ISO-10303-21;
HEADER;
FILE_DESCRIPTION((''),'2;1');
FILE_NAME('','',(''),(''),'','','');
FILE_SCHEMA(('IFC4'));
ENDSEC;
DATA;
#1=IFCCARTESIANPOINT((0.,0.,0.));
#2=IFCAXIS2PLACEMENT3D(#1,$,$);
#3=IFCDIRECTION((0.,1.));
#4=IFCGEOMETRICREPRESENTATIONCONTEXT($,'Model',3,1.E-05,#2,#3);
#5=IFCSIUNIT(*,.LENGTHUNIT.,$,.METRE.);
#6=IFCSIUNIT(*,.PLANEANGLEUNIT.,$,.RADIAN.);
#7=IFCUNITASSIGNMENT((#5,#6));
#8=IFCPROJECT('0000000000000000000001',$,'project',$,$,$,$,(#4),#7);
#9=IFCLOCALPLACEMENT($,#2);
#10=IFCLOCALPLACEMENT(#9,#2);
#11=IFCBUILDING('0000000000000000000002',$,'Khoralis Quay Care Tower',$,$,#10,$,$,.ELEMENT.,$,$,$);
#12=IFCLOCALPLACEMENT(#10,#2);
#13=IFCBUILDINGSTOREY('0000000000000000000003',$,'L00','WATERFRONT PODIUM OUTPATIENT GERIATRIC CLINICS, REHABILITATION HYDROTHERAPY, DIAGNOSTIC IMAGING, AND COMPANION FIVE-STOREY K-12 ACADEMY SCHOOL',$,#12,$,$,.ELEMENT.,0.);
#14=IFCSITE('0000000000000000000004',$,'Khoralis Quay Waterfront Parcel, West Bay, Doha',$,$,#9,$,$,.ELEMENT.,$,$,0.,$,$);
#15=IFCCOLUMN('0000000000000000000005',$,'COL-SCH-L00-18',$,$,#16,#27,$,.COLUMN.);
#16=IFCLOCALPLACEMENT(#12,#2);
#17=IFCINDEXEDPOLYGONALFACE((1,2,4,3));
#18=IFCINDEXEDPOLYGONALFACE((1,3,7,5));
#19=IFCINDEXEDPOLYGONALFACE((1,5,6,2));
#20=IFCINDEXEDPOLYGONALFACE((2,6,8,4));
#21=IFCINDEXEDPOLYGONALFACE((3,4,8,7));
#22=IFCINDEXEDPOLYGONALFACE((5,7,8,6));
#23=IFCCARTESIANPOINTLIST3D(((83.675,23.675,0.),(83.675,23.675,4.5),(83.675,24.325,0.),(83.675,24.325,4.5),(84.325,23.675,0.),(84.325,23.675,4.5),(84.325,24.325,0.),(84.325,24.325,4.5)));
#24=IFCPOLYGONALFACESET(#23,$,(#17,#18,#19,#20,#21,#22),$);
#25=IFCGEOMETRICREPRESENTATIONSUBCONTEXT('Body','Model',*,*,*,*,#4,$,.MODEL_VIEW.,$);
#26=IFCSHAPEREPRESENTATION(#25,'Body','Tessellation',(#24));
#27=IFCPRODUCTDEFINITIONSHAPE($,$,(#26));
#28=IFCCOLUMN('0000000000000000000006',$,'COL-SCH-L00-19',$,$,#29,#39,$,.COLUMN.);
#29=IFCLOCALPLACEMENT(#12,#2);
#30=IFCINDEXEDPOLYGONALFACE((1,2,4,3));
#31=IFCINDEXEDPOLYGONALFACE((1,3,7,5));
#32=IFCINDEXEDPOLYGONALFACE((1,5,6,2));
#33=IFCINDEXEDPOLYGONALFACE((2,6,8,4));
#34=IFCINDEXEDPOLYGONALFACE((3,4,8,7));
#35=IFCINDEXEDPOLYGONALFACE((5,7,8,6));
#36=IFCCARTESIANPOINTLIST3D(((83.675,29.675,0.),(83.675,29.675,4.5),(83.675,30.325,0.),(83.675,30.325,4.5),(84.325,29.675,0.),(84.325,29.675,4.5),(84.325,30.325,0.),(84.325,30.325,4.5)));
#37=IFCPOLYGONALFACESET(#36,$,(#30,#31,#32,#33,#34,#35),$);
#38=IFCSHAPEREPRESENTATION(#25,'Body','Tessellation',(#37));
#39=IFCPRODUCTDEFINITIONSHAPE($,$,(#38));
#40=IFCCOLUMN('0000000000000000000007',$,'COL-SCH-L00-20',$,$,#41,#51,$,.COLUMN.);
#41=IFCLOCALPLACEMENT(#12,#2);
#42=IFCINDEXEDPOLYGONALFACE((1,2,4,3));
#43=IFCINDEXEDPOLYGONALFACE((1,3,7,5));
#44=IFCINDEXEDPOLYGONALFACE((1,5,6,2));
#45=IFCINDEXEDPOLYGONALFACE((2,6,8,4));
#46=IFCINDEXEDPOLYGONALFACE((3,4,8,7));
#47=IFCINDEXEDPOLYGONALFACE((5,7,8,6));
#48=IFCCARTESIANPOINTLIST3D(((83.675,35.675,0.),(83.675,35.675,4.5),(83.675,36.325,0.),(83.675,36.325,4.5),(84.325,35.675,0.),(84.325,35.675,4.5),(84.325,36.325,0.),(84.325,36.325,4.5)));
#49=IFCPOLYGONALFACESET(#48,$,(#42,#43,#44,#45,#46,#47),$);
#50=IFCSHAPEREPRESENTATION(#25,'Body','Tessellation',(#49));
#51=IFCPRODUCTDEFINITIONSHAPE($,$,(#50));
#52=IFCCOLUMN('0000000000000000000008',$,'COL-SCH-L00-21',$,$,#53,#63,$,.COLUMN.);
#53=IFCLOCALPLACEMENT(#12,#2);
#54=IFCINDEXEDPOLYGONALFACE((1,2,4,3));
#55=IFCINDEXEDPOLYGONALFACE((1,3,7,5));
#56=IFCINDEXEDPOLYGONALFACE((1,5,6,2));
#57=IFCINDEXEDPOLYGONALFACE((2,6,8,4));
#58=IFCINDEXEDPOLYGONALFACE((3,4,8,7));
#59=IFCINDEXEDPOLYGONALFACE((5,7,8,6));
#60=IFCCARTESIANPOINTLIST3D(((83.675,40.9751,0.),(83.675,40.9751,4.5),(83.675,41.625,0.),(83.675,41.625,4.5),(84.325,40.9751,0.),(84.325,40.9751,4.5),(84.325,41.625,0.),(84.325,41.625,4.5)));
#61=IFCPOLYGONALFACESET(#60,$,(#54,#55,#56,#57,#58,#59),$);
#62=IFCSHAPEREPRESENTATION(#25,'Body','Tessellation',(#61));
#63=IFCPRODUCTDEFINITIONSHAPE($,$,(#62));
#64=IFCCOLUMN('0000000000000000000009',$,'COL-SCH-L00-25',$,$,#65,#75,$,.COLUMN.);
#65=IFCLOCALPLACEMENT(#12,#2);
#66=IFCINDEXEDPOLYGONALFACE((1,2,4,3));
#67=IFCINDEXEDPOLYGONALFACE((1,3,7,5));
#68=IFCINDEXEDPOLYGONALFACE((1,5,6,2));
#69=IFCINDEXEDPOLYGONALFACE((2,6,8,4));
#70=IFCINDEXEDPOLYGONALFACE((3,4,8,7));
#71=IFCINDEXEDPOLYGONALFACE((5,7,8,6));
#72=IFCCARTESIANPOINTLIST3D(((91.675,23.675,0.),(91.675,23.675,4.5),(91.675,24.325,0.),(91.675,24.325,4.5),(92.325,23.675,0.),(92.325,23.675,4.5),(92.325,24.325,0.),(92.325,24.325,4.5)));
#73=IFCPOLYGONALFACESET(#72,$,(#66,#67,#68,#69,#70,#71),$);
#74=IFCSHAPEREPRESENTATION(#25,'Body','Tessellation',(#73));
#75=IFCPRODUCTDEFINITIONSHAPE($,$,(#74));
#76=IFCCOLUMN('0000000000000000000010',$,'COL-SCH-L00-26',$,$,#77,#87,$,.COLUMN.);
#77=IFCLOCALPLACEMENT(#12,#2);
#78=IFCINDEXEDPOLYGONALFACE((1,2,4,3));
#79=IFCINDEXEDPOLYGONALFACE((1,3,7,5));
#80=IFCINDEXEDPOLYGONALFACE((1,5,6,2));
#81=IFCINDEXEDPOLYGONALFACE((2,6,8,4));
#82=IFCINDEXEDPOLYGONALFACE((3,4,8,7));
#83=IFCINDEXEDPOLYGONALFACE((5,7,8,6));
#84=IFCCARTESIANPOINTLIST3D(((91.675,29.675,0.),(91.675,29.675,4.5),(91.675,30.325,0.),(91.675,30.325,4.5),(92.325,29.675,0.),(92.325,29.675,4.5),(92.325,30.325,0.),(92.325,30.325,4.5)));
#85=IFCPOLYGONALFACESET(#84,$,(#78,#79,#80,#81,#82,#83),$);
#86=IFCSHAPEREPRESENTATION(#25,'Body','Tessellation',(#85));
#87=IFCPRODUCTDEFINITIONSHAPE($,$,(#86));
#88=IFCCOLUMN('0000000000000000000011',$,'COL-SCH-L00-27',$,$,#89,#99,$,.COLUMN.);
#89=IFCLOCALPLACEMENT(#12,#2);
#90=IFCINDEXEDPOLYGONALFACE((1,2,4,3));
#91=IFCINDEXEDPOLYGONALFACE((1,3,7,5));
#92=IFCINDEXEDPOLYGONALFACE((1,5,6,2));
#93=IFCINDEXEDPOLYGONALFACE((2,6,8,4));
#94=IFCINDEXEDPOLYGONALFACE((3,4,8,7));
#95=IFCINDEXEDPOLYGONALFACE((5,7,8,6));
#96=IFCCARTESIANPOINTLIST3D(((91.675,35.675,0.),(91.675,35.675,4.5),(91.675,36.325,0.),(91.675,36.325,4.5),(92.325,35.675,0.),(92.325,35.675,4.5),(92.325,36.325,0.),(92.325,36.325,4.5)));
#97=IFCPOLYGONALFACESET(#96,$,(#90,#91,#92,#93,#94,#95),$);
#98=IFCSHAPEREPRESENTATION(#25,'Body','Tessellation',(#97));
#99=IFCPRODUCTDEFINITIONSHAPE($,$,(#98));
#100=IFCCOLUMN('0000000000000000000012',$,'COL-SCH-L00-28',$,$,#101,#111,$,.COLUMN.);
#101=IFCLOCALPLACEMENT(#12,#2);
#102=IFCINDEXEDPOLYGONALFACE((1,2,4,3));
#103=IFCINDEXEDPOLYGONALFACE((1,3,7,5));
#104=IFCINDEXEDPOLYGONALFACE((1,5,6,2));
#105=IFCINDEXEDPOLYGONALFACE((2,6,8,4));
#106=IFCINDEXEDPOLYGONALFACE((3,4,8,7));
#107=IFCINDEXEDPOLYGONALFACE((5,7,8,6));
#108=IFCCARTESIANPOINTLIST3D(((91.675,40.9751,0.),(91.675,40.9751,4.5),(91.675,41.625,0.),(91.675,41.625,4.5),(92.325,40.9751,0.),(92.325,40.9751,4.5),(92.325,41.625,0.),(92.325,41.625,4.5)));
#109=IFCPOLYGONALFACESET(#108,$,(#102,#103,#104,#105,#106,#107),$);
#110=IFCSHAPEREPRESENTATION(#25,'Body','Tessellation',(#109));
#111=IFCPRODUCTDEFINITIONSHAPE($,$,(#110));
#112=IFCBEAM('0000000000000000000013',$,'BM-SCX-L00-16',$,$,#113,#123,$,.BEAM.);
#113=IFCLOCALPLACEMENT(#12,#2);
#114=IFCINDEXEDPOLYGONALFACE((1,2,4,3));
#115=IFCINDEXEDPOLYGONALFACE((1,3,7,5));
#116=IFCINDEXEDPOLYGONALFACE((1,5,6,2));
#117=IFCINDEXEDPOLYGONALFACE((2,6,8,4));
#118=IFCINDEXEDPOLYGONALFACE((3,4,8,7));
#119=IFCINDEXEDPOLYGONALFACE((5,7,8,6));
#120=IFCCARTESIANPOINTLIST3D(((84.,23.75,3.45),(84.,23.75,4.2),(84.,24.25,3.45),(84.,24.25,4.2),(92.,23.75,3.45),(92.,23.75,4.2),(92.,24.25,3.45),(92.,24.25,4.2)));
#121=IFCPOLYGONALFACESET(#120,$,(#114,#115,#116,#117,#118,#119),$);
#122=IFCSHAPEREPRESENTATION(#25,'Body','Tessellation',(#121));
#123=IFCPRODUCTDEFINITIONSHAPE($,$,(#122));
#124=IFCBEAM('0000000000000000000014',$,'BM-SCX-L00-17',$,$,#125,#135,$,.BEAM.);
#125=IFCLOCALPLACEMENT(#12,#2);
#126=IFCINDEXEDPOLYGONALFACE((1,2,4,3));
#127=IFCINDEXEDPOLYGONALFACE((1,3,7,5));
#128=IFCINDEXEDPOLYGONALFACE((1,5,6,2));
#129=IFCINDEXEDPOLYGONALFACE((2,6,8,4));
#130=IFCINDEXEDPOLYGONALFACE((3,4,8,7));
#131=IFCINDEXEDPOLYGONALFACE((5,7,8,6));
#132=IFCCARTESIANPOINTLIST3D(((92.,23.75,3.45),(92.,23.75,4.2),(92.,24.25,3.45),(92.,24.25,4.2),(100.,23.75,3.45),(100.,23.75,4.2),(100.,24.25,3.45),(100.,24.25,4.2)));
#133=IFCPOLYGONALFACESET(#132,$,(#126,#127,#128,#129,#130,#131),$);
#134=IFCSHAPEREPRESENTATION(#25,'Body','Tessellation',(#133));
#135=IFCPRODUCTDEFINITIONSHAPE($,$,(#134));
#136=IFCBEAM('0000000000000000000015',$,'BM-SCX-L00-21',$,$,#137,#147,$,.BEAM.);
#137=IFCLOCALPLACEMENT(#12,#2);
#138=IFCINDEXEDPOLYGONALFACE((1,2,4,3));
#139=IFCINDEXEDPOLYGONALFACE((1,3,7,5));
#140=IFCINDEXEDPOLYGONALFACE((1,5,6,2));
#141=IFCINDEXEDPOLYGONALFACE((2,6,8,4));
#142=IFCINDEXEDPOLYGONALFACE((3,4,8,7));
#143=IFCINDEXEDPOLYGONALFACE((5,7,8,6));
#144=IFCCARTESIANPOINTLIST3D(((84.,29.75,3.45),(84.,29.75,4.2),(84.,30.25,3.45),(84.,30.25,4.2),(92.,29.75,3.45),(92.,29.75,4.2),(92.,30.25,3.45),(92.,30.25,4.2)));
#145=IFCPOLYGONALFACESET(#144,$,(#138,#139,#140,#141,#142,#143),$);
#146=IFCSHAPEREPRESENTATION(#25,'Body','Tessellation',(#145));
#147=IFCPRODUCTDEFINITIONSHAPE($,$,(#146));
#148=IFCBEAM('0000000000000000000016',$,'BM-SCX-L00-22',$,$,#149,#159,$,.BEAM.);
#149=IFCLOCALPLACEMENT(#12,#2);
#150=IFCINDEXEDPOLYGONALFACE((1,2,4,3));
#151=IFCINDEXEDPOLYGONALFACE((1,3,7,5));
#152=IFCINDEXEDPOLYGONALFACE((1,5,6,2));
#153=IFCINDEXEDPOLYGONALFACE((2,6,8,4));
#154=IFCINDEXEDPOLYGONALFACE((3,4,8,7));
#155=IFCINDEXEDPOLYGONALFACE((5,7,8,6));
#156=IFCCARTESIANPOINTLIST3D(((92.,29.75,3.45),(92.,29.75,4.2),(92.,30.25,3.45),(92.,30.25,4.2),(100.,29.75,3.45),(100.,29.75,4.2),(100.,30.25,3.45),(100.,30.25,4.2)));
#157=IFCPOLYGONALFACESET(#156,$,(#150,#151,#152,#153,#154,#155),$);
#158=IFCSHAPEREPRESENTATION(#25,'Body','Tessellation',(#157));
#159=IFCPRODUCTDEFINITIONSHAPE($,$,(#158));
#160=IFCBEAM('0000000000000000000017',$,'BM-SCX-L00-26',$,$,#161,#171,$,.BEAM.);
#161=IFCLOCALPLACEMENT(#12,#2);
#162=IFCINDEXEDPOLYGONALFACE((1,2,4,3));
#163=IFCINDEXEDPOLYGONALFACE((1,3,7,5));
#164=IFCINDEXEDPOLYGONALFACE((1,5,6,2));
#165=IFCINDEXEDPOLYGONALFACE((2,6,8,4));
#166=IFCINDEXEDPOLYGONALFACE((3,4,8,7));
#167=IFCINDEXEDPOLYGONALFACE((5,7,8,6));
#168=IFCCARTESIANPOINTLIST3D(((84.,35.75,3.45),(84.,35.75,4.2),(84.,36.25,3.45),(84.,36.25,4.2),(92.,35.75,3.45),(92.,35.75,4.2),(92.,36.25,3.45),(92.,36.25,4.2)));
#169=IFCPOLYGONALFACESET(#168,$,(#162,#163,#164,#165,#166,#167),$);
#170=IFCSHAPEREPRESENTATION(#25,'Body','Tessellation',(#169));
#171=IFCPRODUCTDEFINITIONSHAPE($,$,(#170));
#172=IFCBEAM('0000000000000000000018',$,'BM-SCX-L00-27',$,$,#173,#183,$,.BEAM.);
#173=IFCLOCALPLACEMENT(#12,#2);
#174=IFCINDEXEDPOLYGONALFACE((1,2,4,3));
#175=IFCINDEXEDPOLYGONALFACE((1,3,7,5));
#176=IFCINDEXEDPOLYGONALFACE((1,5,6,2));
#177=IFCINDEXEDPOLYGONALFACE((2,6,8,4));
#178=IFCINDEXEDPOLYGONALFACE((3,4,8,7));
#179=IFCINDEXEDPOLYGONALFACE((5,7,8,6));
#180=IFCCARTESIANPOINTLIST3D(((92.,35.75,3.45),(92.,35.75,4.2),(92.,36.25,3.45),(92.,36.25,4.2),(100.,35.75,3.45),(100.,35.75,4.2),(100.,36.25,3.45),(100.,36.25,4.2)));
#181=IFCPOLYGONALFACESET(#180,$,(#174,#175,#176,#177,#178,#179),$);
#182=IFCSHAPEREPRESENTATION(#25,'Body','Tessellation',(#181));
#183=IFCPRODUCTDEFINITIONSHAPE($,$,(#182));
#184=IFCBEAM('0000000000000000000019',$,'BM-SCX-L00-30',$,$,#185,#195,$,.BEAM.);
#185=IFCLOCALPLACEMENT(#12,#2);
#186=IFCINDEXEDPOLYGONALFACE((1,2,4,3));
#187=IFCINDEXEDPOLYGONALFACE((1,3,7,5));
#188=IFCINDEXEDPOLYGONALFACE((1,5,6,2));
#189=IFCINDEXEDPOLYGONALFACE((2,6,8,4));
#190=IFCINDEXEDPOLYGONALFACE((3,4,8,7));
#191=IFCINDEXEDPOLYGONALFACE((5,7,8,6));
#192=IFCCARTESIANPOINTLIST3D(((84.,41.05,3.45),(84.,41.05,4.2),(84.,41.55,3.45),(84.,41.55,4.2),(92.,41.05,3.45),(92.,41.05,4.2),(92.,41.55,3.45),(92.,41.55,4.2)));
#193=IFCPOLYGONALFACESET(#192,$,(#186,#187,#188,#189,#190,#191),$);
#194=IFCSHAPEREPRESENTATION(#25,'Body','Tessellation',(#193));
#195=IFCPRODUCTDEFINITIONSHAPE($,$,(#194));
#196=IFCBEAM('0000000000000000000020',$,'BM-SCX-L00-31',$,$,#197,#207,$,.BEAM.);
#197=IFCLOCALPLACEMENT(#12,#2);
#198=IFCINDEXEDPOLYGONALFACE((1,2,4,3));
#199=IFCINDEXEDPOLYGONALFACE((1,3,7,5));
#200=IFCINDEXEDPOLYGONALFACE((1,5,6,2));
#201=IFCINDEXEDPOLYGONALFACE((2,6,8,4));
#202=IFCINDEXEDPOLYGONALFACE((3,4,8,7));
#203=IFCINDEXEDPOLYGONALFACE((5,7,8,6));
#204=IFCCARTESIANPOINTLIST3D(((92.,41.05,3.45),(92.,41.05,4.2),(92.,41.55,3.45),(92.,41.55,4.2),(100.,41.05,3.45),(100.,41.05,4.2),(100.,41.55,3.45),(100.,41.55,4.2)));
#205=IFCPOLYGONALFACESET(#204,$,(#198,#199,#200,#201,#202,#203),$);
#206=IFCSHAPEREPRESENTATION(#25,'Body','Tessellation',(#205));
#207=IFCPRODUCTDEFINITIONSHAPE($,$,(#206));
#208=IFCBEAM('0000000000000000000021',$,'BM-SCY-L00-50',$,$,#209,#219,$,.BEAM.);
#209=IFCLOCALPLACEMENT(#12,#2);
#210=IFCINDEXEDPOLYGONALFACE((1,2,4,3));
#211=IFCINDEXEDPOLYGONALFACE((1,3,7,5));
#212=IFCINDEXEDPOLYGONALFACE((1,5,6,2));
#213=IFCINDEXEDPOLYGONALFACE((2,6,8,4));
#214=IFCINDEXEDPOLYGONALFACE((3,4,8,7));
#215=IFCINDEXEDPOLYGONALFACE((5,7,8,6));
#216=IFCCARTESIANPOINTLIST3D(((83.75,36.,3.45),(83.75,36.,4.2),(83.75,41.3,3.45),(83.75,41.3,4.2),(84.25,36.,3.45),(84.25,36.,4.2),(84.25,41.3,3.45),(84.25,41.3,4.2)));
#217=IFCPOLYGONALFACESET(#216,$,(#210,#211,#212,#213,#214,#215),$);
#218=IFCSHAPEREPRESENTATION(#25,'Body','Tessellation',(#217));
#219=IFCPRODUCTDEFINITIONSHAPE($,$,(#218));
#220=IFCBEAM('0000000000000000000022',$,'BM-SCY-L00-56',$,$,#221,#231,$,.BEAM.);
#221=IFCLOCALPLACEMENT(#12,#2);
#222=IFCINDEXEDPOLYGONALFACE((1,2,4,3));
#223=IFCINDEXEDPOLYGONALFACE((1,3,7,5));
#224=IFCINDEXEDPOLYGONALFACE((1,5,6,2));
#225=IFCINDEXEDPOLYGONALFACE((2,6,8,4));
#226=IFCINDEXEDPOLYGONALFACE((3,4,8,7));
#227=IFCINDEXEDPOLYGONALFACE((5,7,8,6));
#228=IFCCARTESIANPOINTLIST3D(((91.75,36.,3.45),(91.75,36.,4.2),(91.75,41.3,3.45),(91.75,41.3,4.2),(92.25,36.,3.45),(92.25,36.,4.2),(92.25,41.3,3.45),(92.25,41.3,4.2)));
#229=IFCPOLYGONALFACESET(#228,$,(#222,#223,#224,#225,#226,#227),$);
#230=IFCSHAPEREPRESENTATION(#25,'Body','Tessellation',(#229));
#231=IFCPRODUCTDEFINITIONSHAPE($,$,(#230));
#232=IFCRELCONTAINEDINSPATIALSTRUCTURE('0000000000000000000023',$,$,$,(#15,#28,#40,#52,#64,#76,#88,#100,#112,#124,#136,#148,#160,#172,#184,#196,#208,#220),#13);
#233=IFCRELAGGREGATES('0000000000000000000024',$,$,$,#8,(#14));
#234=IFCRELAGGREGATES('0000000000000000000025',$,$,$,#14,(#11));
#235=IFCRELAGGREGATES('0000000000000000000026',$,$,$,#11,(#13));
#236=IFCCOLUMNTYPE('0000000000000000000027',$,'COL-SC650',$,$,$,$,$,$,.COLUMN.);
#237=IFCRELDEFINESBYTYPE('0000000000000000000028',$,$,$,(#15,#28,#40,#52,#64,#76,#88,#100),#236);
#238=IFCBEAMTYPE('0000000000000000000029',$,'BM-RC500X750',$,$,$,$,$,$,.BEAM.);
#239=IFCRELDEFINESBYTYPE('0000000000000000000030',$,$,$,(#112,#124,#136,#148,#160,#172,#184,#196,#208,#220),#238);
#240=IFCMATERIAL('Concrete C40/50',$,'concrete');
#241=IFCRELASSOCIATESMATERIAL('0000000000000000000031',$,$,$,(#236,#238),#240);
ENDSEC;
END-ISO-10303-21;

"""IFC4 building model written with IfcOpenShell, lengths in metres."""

from ifc_helpers import new_model, si_unit, direction, frame, origin, origin_2d, place, context, subcontext, project, spatial, rectangle, extrude, source, transform, mapped, material, material_profile, profile_set, type_object, element, save


model = new_model("IFC4")

# Units and contexts
model_context = context("Model", 3, precision=1e-05, world=origin(), true_north=direction((0.0, 1.0)))
body_context = subcontext(model_context, "Body", "Model", "MODEL_VIEW")
ifc_project = project(units=[si_unit("LENGTHUNIT", "METRE"), si_unit("PLANEANGLEUNIT", "RADIAN")], contexts=[model_context])

# Site, building, storey
site_placement = place(None, origin())
site = spatial("IfcSite", under=ifc_project, at=site_placement, Name="Khoralis Quay Waterfront Parcel, West Bay, Doha", CompositionType="ELEMENT", RefElevation=0.0)
building_placement = place(site_placement, origin())
building = spatial("IfcBuilding", under=site, at=building_placement, Name="Khoralis Quay Care Tower", CompositionType="ELEMENT")
storey_placement = place(building_placement, origin())
storey = spatial("IfcBuildingStorey", under=building, at=storey_placement, Name="L00", Description="WATERFRONT PODIUM OUTPATIENT GERIATRIC CLINICS, REHABILITATION HYDROTHERAPY, DIAGNOSTIC IMAGING, AND COMPANION FIVE-STOREY K-12 ACADEMY SCHOOL", CompositionType="ELEMENT", Elevation=0.0)

# Columns
ifc_material_1 = material(Name="Concrete C40/50", Category="concrete")
ifc_material_profile_1 = material_profile(ifc_material_1, rectangle(XDim=0.6499, YDim=0.6499, at=origin_2d()), Name="Concrete C40/50")
ifc_profile_set_1 = profile_set([ifc_material_profile_1], Name="Concrete C40/50")
column_type = type_object("IfcColumnType", Name="COL-SC650", PredefinedType="COLUMN", material=ifc_profile_set_1)
shared_shape_1 = source(origin(), body_context, "Body", "SweptSolid", [
    extrude(rectangle(XDim=0.6499, YDim=0.6499, at=origin_2d()), origin(), (0.0, 0.0, 1.0), 4.5),
])
for number, where, z_axis, x_axis, name in (
    (1, (84.0, 24.0, 0.0), (0.0, 0.0, 1.0), (1.0, 0.0, 0.0), "COL-SCH-L00-18"),
    (2, (84.0, 30.0, 0.0), (0.0, 0.0, 1.0), (1.0, 0.0, 0.0), "COL-SCH-L00-19"),
    (3, (84.0, 36.0, 0.0), (0.0, 0.0, 1.0), (1.0, 0.0, 0.0), "COL-SCH-L00-20"),
    (4, (84.0, 41.3, 0.0), (0.0, 0.0, 1.0), (1.0, 0.0, 0.0), "COL-SCH-L00-21"),
    (5, (92.0, 24.0, 0.0), (0.0, 0.0, 1.0), (1.0, 0.0, 0.0), "COL-SCH-L00-25"),
    (6, (92.0, 30.0, 0.0), (0.0, 0.0, 1.0), (1.0, 0.0, 0.0), "COL-SCH-L00-26"),
    (7, (92.0, 36.0, 0.0), (0.0, 0.0, 1.0), (1.0, 0.0, 0.0), "COL-SCH-L00-27"),
    (8, (92.0, 41.3, 0.0), (0.0, 0.0, 1.0), (1.0, 0.0, 0.0), "COL-SCH-L00-28"),
):
    element("IfcColumn", number, at=place(storey_placement, frame(where, z_axis=z_axis, x_axis=x_axis)), inside=storey, type_object=column_type, Name=name, PredefinedType="COLUMN", context=body_context, shape_type="MappedRepresentation", body=[
        mapped(shared_shape_1, transform((0.0, 0.0, 0.0), scale=1.0)),
    ])

# Beams
ifc_material_profile_2 = material_profile(ifc_material_1, rectangle(XDim=0.5, YDim=0.75, at=origin_2d()), Name="Concrete C40/50")
ifc_profile_set_2 = profile_set([ifc_material_profile_2], Name="Concrete C40/50")
beam_type = type_object("IfcBeamType", Name="BM-RC500X750", PredefinedType="BEAM", material=ifc_profile_set_2)
shared_shape_2 = source(origin(), body_context, "Body", "SweptSolid", [
    extrude(rectangle(XDim=0.5, YDim=0.75, at=origin_2d()), origin(), (0.0, 0.0, 1.0), 8.0),
])
for number, where, z_axis, x_axis, name in (
    (9, (84.0, 24.0, 3.825), (1.0, 0.0, 0.0), (0.0, 1.0, 0.0), "BM-SCX-L00-16"),
    (10, (92.0, 24.0, 3.825), (1.0, 0.0, 0.0), (0.0, 1.0, 0.0), "BM-SCX-L00-17"),
    (11, (84.0, 30.0, 3.825), (1.0, 0.0, 0.0), (0.0, 1.0, 0.0), "BM-SCX-L00-21"),
    (12, (92.0, 30.0, 3.825), (1.0, 0.0, 0.0), (0.0, 1.0, 0.0), "BM-SCX-L00-22"),
    (13, (84.0, 36.0, 3.825), (1.0, 0.0, 0.0), (0.0, 1.0, 0.0), "BM-SCX-L00-26"),
    (14, (92.0, 36.0, 3.825), (1.0, 0.0, 0.0), (0.0, 1.0, 0.0), "BM-SCX-L00-27"),
    (15, (84.0, 41.3, 3.825), (1.0, 0.0, 0.0), (0.0, 1.0, 0.0), "BM-SCX-L00-30"),
    (16, (92.0, 41.3, 3.825), (1.0, 0.0, 0.0), (0.0, 1.0, 0.0), "BM-SCX-L00-31"),
):
    element("IfcBeam", number, at=place(storey_placement, frame(where, z_axis=z_axis, x_axis=x_axis)), inside=storey, type_object=beam_type, Name=name, PredefinedType="BEAM", context=body_context, shape_type="MappedRepresentation", body=[
        mapped(shared_shape_2, transform((0.0, 0.0, 0.0), scale=1.0)),
    ])
shared_shape_3 = source(origin(), body_context, "Body", "SweptSolid", [
    extrude(rectangle(XDim=0.5, YDim=0.75, at=origin_2d()), origin(), (0.0, 0.0, 1.0), 5.3),
])
for number, where, z_axis, x_axis, name in (
    (17, (84.0, 36.0, 3.825), (0.0, 1.0, 0.0), (-1.0, 0.0, 0.0), "BM-SCY-L00-50"),
    (18, (92.0, 36.0, 3.825), (0.0, 1.0, 0.0), (-1.0, 0.0, 0.0), "BM-SCY-L00-56"),
):
    element("IfcBeam", number, at=place(storey_placement, frame(where, z_axis=z_axis, x_axis=x_axis)), inside=storey, type_object=beam_type, Name=name, PredefinedType="BEAM", context=body_context, shape_type="MappedRepresentation", body=[
        mapped(shared_shape_3, transform((0.0, 0.0, 0.0), scale=1.0)),
    ])

save(model, "model.ifc")
